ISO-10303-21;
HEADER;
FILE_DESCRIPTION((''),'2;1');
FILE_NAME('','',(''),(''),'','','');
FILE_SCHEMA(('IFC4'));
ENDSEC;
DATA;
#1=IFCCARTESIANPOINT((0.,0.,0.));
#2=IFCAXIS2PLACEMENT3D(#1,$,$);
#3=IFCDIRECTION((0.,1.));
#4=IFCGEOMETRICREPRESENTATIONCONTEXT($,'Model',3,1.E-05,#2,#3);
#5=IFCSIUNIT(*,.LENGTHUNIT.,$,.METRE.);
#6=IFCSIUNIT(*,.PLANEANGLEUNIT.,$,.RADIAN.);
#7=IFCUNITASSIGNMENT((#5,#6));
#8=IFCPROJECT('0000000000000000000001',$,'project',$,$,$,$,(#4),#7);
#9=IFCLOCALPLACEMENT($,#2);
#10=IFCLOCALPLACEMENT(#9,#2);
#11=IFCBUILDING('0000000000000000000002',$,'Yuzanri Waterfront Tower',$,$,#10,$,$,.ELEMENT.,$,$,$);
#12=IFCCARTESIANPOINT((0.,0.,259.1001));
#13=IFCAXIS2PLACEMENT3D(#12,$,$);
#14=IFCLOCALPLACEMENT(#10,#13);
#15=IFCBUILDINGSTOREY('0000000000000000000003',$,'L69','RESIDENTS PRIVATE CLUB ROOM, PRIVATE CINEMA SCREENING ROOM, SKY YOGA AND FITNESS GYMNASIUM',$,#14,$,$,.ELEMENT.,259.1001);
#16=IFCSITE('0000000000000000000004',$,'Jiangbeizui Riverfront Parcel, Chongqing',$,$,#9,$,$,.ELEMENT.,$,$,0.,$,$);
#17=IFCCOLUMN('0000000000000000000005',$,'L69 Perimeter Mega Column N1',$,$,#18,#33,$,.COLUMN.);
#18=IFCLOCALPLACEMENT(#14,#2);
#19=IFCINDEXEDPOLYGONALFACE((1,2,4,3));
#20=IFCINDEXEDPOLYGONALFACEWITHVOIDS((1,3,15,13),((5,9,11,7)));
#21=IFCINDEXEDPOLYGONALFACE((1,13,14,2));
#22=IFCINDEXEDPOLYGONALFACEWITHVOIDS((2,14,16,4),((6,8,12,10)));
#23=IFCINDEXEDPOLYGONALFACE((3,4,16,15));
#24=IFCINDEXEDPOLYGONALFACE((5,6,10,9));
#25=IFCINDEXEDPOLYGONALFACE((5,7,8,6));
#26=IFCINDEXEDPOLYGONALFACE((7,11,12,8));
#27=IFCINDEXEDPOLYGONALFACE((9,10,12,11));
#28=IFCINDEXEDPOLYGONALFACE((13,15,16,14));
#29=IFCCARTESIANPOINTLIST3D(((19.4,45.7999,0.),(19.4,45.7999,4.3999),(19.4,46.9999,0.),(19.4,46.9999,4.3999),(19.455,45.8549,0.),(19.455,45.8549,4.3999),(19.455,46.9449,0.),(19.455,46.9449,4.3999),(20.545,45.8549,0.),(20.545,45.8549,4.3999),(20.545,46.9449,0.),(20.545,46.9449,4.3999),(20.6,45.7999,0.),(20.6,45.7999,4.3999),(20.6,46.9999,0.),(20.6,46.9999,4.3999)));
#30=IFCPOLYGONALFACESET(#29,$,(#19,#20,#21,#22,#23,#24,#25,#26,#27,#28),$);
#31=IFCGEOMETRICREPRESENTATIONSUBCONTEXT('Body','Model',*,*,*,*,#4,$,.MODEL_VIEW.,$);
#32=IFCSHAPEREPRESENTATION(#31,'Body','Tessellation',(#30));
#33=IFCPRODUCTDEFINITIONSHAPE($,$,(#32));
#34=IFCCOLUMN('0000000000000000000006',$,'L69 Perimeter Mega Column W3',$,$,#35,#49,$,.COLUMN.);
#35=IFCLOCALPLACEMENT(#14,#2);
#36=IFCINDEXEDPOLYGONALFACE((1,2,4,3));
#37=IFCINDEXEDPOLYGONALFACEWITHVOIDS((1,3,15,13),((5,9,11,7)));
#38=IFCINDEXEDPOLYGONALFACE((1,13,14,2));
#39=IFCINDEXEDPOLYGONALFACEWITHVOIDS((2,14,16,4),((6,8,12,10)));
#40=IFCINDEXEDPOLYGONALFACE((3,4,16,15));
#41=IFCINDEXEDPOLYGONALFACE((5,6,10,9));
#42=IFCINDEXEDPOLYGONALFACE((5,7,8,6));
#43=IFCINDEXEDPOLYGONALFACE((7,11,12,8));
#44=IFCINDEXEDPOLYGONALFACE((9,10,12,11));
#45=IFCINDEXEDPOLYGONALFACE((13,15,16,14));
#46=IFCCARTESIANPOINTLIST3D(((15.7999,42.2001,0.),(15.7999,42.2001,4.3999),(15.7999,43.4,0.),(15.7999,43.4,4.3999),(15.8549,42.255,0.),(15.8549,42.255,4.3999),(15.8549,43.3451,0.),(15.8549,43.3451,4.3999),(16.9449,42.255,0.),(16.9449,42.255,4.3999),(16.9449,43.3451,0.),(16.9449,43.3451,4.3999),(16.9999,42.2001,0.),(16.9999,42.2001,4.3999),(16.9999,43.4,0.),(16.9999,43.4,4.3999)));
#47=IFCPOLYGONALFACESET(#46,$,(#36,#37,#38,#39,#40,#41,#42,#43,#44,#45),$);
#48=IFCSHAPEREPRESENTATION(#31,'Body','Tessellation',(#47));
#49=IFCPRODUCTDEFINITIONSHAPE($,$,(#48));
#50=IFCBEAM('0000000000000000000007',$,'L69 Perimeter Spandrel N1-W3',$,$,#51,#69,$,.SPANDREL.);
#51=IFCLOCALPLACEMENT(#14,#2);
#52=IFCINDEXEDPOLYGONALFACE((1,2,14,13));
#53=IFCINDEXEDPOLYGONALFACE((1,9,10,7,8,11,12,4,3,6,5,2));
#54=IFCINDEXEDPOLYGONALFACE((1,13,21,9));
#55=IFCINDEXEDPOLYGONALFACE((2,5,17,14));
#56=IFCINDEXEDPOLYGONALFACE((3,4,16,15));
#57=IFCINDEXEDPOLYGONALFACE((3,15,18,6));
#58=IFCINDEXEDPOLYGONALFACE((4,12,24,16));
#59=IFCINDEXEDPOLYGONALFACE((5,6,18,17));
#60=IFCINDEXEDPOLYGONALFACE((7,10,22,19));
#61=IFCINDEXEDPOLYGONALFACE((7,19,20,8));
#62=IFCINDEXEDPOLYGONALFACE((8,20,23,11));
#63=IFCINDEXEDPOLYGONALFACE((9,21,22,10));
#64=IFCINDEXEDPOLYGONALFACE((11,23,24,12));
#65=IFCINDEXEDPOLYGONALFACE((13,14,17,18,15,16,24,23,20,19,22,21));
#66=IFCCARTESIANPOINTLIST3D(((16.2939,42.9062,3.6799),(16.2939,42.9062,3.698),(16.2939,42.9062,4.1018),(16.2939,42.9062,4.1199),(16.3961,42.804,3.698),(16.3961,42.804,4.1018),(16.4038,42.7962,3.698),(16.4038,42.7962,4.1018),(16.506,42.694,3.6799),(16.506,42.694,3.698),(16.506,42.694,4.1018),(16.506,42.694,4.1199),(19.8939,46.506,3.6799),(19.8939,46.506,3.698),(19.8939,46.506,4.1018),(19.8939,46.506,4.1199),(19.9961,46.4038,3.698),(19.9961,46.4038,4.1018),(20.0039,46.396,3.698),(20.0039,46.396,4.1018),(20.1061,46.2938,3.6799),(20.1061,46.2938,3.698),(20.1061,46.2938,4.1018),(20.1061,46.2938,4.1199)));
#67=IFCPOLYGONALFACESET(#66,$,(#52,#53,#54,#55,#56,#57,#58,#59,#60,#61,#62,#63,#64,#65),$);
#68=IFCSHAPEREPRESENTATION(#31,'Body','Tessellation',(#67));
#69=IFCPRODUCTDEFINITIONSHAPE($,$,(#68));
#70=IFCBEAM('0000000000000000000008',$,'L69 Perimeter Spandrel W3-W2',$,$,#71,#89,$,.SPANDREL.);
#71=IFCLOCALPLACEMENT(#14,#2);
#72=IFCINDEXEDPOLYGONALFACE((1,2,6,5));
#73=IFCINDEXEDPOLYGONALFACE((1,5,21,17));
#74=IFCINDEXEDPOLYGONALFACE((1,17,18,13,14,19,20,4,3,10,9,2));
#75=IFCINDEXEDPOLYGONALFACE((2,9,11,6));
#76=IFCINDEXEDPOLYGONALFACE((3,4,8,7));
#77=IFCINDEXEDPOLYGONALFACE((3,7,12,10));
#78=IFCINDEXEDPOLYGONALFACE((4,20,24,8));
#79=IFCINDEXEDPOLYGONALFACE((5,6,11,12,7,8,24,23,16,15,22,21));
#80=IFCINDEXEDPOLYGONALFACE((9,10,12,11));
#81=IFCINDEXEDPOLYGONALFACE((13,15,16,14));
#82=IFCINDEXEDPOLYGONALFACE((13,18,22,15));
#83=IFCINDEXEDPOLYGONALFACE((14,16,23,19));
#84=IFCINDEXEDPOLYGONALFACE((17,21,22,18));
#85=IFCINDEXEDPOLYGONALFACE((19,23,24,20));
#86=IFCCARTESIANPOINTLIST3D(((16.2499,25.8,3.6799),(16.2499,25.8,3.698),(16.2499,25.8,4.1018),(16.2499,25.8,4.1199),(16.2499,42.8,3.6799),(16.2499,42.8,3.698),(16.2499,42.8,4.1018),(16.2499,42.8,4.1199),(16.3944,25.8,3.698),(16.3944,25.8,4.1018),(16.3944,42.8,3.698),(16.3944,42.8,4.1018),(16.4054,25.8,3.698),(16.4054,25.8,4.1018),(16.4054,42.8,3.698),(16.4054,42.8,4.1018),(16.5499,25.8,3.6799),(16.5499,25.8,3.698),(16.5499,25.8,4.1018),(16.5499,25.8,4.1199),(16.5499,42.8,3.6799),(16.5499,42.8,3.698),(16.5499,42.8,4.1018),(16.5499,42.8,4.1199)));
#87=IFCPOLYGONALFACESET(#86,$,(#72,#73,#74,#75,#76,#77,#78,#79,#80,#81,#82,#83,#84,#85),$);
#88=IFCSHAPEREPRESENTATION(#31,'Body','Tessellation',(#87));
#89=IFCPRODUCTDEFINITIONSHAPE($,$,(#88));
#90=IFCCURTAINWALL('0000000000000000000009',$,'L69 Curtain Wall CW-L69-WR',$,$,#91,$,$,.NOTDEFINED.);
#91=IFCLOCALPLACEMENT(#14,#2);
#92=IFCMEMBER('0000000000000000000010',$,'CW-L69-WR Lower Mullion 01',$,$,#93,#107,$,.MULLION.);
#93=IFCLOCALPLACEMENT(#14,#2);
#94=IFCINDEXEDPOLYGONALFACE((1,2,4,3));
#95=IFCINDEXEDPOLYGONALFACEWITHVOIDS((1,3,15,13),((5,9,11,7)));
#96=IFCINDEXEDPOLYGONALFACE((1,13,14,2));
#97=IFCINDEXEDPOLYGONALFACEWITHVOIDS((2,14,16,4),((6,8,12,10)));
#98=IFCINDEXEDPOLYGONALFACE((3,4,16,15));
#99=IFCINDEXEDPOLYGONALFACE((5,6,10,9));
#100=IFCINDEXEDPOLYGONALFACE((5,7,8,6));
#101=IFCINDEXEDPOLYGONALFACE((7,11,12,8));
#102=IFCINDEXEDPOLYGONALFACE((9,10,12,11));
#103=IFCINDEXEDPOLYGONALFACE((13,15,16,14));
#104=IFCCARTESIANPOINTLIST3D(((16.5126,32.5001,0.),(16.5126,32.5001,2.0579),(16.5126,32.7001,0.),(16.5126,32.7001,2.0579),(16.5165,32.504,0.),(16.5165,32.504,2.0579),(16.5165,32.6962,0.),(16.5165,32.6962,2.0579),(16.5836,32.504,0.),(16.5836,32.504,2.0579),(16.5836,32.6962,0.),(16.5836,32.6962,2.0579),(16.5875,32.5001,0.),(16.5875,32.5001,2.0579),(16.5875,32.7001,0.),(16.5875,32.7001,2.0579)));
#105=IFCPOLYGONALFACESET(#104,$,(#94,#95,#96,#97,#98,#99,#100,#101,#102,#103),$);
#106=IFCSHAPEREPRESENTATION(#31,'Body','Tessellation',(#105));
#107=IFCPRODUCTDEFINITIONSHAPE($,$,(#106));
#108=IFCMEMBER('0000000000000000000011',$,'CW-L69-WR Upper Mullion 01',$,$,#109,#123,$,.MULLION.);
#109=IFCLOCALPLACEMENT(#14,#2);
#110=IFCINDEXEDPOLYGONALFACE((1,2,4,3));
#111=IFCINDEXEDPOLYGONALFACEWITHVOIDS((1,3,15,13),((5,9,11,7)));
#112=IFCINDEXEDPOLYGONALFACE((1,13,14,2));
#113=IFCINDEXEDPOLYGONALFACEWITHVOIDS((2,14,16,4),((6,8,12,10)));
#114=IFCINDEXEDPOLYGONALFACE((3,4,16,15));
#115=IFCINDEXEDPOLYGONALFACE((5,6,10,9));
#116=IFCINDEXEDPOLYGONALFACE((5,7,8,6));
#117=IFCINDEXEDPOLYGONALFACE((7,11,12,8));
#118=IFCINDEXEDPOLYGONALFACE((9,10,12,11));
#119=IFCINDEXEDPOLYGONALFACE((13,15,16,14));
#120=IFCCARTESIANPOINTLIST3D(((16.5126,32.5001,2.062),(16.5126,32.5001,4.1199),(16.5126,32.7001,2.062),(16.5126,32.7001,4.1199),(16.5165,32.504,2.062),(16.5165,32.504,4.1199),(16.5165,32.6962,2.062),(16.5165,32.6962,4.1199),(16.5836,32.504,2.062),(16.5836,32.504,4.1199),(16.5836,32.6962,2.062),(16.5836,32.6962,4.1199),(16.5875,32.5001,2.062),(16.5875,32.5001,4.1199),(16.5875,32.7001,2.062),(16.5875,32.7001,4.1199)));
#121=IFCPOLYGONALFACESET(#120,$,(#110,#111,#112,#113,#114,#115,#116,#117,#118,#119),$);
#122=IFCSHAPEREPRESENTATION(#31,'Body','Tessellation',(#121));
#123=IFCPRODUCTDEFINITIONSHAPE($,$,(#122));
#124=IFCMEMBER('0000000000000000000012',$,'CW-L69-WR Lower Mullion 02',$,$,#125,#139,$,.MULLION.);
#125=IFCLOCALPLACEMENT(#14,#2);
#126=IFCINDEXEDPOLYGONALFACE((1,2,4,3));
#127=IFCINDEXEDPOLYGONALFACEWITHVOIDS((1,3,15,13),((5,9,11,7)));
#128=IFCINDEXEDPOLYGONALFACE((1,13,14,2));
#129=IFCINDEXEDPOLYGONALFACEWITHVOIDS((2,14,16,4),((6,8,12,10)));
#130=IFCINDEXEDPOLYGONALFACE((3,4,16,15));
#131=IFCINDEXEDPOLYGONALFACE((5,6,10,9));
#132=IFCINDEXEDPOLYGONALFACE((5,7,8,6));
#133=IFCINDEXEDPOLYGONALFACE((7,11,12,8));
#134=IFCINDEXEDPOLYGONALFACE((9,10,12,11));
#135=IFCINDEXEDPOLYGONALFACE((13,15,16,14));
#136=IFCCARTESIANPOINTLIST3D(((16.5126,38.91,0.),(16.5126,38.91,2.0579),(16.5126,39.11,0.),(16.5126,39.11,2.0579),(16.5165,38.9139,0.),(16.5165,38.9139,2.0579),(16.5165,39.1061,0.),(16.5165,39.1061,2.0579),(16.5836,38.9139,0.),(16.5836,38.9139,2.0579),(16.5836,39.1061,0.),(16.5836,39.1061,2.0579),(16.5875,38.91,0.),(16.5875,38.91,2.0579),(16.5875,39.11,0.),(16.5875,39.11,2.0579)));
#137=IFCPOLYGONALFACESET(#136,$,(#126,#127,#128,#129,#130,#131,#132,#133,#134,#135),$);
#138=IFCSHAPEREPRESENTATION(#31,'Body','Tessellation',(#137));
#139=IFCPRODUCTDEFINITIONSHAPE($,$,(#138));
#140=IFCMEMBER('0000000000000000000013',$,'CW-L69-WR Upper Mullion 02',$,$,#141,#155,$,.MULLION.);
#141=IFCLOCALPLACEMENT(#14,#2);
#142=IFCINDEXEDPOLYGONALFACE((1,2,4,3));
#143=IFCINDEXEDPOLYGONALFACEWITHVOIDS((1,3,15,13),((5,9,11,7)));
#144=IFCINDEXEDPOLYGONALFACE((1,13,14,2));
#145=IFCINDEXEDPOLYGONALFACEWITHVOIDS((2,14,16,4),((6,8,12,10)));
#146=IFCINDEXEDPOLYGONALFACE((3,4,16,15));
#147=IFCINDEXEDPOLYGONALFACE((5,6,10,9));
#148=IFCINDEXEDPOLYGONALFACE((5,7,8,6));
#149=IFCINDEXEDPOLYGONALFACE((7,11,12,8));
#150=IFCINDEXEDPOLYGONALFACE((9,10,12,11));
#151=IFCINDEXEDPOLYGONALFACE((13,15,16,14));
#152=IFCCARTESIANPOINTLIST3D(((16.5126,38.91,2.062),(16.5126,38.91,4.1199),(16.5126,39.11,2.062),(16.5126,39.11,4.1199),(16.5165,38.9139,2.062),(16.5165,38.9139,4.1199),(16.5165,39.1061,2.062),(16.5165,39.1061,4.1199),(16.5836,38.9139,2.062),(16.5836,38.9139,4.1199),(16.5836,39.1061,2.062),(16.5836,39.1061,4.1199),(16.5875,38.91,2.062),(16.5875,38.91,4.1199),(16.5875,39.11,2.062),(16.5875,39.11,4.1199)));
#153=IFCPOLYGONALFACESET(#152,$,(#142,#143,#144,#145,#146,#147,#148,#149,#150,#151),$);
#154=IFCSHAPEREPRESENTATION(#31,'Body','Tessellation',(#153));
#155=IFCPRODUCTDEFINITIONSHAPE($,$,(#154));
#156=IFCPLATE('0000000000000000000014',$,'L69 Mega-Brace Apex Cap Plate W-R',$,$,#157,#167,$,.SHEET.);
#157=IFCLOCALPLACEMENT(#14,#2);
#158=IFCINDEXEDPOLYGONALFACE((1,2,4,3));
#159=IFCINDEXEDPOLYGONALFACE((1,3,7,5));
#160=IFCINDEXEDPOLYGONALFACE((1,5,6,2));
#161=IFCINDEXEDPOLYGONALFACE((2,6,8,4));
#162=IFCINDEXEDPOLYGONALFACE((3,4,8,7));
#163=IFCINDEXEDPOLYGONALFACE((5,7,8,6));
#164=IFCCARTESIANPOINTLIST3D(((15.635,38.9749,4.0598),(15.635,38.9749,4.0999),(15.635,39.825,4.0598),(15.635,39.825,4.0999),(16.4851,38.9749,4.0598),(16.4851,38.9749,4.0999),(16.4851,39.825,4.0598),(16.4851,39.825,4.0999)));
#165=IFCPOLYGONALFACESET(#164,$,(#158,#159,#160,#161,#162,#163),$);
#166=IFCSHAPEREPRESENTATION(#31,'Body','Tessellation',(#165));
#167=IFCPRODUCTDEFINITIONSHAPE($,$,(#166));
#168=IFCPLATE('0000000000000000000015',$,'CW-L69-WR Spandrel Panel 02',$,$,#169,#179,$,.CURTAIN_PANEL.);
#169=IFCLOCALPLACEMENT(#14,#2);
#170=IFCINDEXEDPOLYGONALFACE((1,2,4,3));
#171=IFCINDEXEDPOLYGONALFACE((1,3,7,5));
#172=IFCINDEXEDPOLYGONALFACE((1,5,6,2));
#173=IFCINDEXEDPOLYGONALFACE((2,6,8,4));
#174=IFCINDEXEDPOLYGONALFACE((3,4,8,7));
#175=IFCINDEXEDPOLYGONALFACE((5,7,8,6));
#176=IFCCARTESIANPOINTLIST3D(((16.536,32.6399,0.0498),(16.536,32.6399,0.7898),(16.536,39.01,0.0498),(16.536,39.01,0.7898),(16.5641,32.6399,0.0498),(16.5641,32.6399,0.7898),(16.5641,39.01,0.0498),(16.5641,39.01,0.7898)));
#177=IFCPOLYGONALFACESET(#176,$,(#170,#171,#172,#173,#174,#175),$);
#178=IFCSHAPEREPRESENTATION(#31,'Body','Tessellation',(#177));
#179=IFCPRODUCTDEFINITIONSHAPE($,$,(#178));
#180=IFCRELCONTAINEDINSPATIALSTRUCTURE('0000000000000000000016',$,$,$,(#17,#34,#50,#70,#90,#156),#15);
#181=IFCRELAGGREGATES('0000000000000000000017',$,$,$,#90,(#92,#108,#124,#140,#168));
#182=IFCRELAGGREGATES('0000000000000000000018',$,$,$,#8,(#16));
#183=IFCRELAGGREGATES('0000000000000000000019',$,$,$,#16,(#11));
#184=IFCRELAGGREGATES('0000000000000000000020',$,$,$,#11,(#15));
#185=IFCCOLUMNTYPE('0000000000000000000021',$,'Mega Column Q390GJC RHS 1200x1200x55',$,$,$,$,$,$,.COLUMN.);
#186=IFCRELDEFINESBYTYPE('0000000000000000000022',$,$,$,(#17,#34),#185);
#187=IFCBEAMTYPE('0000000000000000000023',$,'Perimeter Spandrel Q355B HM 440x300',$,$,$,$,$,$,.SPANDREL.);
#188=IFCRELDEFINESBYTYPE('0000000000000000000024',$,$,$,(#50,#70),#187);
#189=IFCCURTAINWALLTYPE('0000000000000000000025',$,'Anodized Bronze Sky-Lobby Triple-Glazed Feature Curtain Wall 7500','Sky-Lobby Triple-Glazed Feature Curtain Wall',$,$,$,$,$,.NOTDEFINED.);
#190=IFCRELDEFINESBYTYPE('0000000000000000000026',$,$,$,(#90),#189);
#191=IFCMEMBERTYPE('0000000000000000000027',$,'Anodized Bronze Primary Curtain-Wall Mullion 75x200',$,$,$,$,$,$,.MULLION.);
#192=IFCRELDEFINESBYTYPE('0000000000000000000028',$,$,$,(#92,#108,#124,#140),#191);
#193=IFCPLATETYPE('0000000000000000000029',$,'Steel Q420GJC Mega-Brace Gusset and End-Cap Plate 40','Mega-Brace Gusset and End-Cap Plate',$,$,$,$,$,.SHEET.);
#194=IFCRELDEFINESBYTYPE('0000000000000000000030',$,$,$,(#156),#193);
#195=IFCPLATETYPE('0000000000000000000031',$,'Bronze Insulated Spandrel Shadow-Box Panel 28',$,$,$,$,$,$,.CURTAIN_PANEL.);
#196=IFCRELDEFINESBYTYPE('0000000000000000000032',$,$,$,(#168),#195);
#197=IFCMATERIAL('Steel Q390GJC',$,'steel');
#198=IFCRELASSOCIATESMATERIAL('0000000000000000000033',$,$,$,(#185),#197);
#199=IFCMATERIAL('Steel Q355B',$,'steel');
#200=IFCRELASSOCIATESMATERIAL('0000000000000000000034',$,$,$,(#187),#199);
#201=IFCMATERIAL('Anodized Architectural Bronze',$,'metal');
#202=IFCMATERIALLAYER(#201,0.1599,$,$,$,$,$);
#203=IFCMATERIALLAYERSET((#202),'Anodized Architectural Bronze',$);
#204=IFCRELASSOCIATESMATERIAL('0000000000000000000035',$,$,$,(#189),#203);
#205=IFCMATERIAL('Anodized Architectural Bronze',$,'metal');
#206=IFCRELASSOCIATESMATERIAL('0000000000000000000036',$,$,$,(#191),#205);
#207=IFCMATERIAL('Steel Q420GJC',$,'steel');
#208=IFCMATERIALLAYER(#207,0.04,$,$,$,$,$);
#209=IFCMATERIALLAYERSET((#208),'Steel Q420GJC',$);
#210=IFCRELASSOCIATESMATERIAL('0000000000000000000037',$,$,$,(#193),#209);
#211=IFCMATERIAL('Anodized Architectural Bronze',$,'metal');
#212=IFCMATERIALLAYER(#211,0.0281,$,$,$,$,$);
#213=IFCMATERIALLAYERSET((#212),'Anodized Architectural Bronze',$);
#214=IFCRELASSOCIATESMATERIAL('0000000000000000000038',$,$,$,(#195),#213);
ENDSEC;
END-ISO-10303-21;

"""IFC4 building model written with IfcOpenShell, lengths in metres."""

from ifc_helpers import new_model, si_unit, direction, frame, origin, origin_2d, place, context, subcontext, project, spatial, rectangle, hollow_rectangle, i_section, extrude, source, transform, mapped, material, layer, layer_set, material_profile, profile_set, type_object, element, aggregate, save


model = new_model("IFC4")

# Units and contexts
model_context = context("Model", 3, precision=1e-05, world=origin(), true_north=direction((0.0, 1.0)))
body_context = subcontext(model_context, "Body", "Model", "MODEL_VIEW")
ifc_project = project(units=[si_unit("LENGTHUNIT", "METRE"), si_unit("PLANEANGLEUNIT", "RADIAN")], contexts=[model_context])

# Site, building, storey
site_placement = place(None, origin())
site = spatial("IfcSite", under=ifc_project, at=site_placement, Name="Jiangbeizui Riverfront Parcel, Chongqing", CompositionType="ELEMENT", RefElevation=0.0)
building_placement = place(site_placement, origin())
building = spatial("IfcBuilding", under=site, at=building_placement, Name="Yuzanri Waterfront Tower", CompositionType="ELEMENT")
storey_placement = place(building_placement, frame((0.0, 0.0, 259.1001)))
storey = spatial("IfcBuildingStorey", under=building, at=storey_placement, Name="L69", Description="RESIDENTS PRIVATE CLUB ROOM, PRIVATE CINEMA SCREENING ROOM, SKY YOGA AND FITNESS GYMNASIUM", CompositionType="ELEMENT", Elevation=259.1001)

# Columns
ifc_material_1 = material(Name="Steel Q390GJC", Category="steel")
ifc_material_profile_1 = material_profile(ifc_material_1, hollow_rectangle(XDim=1.2, YDim=1.2, WallThickness=0.0549, at=origin_2d()), Name="RHS 1200x1200x55")
ifc_profile_set_1 = profile_set([ifc_material_profile_1], Name="Steel Q390GJC")
column_type = type_object("IfcColumnType", Name="Mega Column Q390GJC RHS 1200x1200x55", PredefinedType="COLUMN", material=ifc_profile_set_1)
shared_shape_1 = source(origin(), body_context, "Body", "SweptSolid", [
    extrude(hollow_rectangle(XDim=1.2, YDim=1.2, WallThickness=0.0549, at=origin_2d()), origin(), (0.0, 0.0, 1.0), 4.3999),
])
for number, where, z_axis, x_axis, name in (
    (1, (20.0, 46.3999, 0.0), (0.0, 0.0, 1.0), (1.0, 0.0, 0.0), "L69 Perimeter Mega Column N1"),
    (2, (16.3999, 42.8, 0.0), (0.0, 0.0, 1.0), (1.0, 0.0, 0.0), "L69 Perimeter Mega Column W3"),
):
    element("IfcColumn", number, at=place(storey_placement, frame(where, z_axis=z_axis, x_axis=x_axis)), inside=storey, type_object=column_type, Name=name, PredefinedType="COLUMN", context=body_context, shape_type="MappedRepresentation", body=[
        mapped(shared_shape_1, transform((0.0, 0.0, 0.0), scale=1.0)),
    ])

# Beams
ifc_material_2 = material(Name="Steel Q355B", Category="steel")
ifc_material_profile_2 = material_profile(ifc_material_2, i_section(OverallWidth=0.3, OverallDepth=0.4399, WebThickness=0.011, FlangeThickness=0.0181, at=origin_2d()), Name="HM 440x300x11x18")
ifc_profile_set_2 = profile_set([ifc_material_profile_2], Name="Steel Q355B")
beam_type = type_object("IfcBeamType", Name="Perimeter Spandrel Q355B HM 440x300", PredefinedType="SPANDREL", material=ifc_profile_set_2)
shared_shape_2 = source(origin(), body_context, "Body", "SweptSolid", [
    extrude(i_section(OverallWidth=0.3, OverallDepth=0.4399, WebThickness=0.011, FlangeThickness=0.0181, at=origin_2d()), origin(), (0.0, 0.0, 1.0), 5.0911),
])
beam_1_placement = place(storey_placement, frame((20.0, 46.3999, 3.8999), z_axis=(-0.707131, -0.707083, 0.0), x_axis=(0.707083, -0.707131, 0.0)))
element("IfcBeam", 3, at=beam_1_placement, inside=storey, type_object=beam_type, Name="L69 Perimeter Spandrel N1-W3", PredefinedType="SPANDREL", context=body_context, shape_type="MappedRepresentation", body=[
    mapped(shared_shape_2, transform((0.0, 0.0, 0.0), scale=1.0)),
])
shared_shape_3 = source(origin(), body_context, "Body", "SweptSolid", [
    extrude(i_section(OverallWidth=0.3, OverallDepth=0.4399, WebThickness=0.011, FlangeThickness=0.0181, at=origin_2d()), origin(), (0.0, 0.0, 1.0), 17.0),
])
beam_2_placement = place(storey_placement, frame((16.3999, 42.8, 3.8999), z_axis=(0.0, -1.0, 0.0), x_axis=(1.0, 0.0, 0.0)))
element("IfcBeam", 4, at=beam_2_placement, inside=storey, type_object=beam_type, Name="L69 Perimeter Spandrel W3-W2", PredefinedType="SPANDREL", context=body_context, shape_type="MappedRepresentation", body=[
    mapped(shared_shape_3, transform((0.0, 0.0, 0.0), scale=1.0)),
])

# Curtain wall, members
ifc_material_3 = material(Name="Anodized Architectural Bronze", Category="metal")
ifc_layer_1 = layer(ifc_material_3, 0.1599)
ifc_layer_set_1 = layer_set([ifc_layer_1], Name="Anodized Architectural Bronze")
curtain_wall_type = type_object("IfcCurtainWallType", Name="Anodized Bronze Sky-Lobby Triple-Glazed Feature Curtain Wall 7500", Description="Sky-Lobby Triple-Glazed Feature Curtain Wall", PredefinedType="NOTDEFINED", material=ifc_layer_set_1)
curtain_wall_placement = place(storey_placement, origin())
curtain_wall = element("IfcCurtainWall", 5, at=curtain_wall_placement, inside=storey, type_object=curtain_wall_type, Name="L69 Curtain Wall CW-L69-WR", PredefinedType="NOTDEFINED")
ifc_material_4 = material(Name="Anodized Architectural Bronze", Category="metal")
ifc_material_profile_3 = material_profile(ifc_material_4, hollow_rectangle(XDim=0.075, YDim=0.2, WallThickness=0.0039, at=origin_2d()), Name="CWM 75x200")
ifc_profile_set_3 = profile_set([ifc_material_profile_3], Name="Anodized Architectural Bronze")
member_type = type_object("IfcMemberType", Name="Anodized Bronze Primary Curtain-Wall Mullion 75x200", PredefinedType="MULLION", material=ifc_profile_set_3)
shared_shape_4 = source(origin(), body_context, "Body", "SweptSolid", [
    extrude(hollow_rectangle(XDim=0.075, YDim=0.2, WallThickness=0.0039, at=origin_2d()), origin(), (0.0, 0.0, 1.0), 2.0579),
])
member_1_placement = place(storey_placement, frame((16.55, 32.6001, 0.0), z_axis=(0.0, 0.0, 1.0), x_axis=(1.0, 0.0, 0.0)))
member_1 = element("IfcMember", 6, at=member_1_placement, type_object=member_type, Name="CW-L69-WR Lower Mullion 01", PredefinedType="MULLION", context=body_context, shape_type="MappedRepresentation", body=[
    mapped(shared_shape_4, transform((0.0, 0.0, 0.0), scale=1.0)),
])
member_2_placement = place(storey_placement, frame((16.55, 32.6001, 2.062), z_axis=(0.0, 0.0, 1.0), x_axis=(1.0, 0.0, 0.0)))
member_2 = element("IfcMember", 7, at=member_2_placement, type_object=member_type, Name="CW-L69-WR Upper Mullion 01", PredefinedType="MULLION", context=body_context, shape_type="MappedRepresentation", body=[
    mapped(shared_shape_4, transform((0.0, 0.0, 0.0), scale=1.0)),
])
member_3_placement = place(storey_placement, frame((16.55, 39.01, 0.0), z_axis=(0.0, 0.0, 1.0), x_axis=(1.0, 0.0, 0.0)))
member_3 = element("IfcMember", 8, at=member_3_placement, type_object=member_type, Name="CW-L69-WR Lower Mullion 02", PredefinedType="MULLION", context=body_context, shape_type="MappedRepresentation", body=[
    mapped(shared_shape_4, transform((0.0, 0.0, 0.0), scale=1.0)),
])
member_4_placement = place(storey_placement, frame((16.55, 39.01, 2.062), z_axis=(0.0, 0.0, 1.0), x_axis=(1.0, 0.0, 0.0)))
member_4 = element("IfcMember", 9, at=member_4_placement, type_object=member_type, Name="CW-L69-WR Upper Mullion 02", PredefinedType="MULLION", context=body_context, shape_type="MappedRepresentation", body=[
    mapped(shared_shape_4, transform((0.0, 0.0, 0.0), scale=1.0)),
])

# Plates
ifc_material_5 = material(Name="Steel Q420GJC", Category="steel")
ifc_layer_2 = layer(ifc_material_5, 0.04)
ifc_layer_set_2 = layer_set([ifc_layer_2], Name="Steel Q420GJC")
plate_type_1 = type_object("IfcPlateType", Name="Steel Q420GJC Mega-Brace Gusset and End-Cap Plate 40", Description="Mega-Brace Gusset and End-Cap Plate", PredefinedType="SHEET", material=ifc_layer_set_2)
shared_shape_5 = source(origin(), body_context, "Body", "SweptSolid", [
    extrude(rectangle(XDim=0.8501, YDim=0.8501, at=origin_2d()), origin(), (0.0, 0.0, 1.0), 0.04),
])
plate_1_placement = place(storey_placement, frame((16.0601, 39.3999, 4.0598), z_axis=(0.0, 0.0, 1.0), x_axis=(1.0, 0.0, 0.0)))
element("IfcPlate", 10, at=plate_1_placement, inside=storey, type_object=plate_type_1, Name="L69 Mega-Brace Apex Cap Plate W-R", PredefinedType="SHEET", context=body_context, shape_type="MappedRepresentation", body=[
    mapped(shared_shape_5, transform((0.0, 0.0, 0.0), scale=1.0)),
])
ifc_material_6 = material(Name="Anodized Architectural Bronze", Category="metal")
ifc_layer_3 = layer(ifc_material_6, 0.0281)
ifc_layer_set_3 = layer_set([ifc_layer_3], Name="Anodized Architectural Bronze")
plate_type_2 = type_object("IfcPlateType", Name="Bronze Insulated Spandrel Shadow-Box Panel 28", PredefinedType="CURTAIN_PANEL", material=ifc_layer_set_3)
shared_shape_6 = source(origin(), body_context, "Body", "SweptSolid", [
    extrude(rectangle(XDim=6.3701, YDim=0.0281, at=origin_2d()), origin(), (0.0, 0.0, 1.0), 0.74),
])
plate_2_placement = place(storey_placement, frame((16.55, 35.825, 0.0498), z_axis=(0.0, 0.0, 1.0), x_axis=(0.0, 1.0, 0.0)))
plate_2 = element("IfcPlate", 11, at=plate_2_placement, type_object=plate_type_2, Name="CW-L69-WR Spandrel Panel 02", PredefinedType="CURTAIN_PANEL", context=body_context, shape_type="MappedRepresentation", body=[
    mapped(shared_shape_6, transform((0.0, 0.0, 0.0), scale=1.0)),
])
aggregate(curtain_wall, [member_1, member_2, member_3, member_4, plate_2])

save(model, "model.ifc")
